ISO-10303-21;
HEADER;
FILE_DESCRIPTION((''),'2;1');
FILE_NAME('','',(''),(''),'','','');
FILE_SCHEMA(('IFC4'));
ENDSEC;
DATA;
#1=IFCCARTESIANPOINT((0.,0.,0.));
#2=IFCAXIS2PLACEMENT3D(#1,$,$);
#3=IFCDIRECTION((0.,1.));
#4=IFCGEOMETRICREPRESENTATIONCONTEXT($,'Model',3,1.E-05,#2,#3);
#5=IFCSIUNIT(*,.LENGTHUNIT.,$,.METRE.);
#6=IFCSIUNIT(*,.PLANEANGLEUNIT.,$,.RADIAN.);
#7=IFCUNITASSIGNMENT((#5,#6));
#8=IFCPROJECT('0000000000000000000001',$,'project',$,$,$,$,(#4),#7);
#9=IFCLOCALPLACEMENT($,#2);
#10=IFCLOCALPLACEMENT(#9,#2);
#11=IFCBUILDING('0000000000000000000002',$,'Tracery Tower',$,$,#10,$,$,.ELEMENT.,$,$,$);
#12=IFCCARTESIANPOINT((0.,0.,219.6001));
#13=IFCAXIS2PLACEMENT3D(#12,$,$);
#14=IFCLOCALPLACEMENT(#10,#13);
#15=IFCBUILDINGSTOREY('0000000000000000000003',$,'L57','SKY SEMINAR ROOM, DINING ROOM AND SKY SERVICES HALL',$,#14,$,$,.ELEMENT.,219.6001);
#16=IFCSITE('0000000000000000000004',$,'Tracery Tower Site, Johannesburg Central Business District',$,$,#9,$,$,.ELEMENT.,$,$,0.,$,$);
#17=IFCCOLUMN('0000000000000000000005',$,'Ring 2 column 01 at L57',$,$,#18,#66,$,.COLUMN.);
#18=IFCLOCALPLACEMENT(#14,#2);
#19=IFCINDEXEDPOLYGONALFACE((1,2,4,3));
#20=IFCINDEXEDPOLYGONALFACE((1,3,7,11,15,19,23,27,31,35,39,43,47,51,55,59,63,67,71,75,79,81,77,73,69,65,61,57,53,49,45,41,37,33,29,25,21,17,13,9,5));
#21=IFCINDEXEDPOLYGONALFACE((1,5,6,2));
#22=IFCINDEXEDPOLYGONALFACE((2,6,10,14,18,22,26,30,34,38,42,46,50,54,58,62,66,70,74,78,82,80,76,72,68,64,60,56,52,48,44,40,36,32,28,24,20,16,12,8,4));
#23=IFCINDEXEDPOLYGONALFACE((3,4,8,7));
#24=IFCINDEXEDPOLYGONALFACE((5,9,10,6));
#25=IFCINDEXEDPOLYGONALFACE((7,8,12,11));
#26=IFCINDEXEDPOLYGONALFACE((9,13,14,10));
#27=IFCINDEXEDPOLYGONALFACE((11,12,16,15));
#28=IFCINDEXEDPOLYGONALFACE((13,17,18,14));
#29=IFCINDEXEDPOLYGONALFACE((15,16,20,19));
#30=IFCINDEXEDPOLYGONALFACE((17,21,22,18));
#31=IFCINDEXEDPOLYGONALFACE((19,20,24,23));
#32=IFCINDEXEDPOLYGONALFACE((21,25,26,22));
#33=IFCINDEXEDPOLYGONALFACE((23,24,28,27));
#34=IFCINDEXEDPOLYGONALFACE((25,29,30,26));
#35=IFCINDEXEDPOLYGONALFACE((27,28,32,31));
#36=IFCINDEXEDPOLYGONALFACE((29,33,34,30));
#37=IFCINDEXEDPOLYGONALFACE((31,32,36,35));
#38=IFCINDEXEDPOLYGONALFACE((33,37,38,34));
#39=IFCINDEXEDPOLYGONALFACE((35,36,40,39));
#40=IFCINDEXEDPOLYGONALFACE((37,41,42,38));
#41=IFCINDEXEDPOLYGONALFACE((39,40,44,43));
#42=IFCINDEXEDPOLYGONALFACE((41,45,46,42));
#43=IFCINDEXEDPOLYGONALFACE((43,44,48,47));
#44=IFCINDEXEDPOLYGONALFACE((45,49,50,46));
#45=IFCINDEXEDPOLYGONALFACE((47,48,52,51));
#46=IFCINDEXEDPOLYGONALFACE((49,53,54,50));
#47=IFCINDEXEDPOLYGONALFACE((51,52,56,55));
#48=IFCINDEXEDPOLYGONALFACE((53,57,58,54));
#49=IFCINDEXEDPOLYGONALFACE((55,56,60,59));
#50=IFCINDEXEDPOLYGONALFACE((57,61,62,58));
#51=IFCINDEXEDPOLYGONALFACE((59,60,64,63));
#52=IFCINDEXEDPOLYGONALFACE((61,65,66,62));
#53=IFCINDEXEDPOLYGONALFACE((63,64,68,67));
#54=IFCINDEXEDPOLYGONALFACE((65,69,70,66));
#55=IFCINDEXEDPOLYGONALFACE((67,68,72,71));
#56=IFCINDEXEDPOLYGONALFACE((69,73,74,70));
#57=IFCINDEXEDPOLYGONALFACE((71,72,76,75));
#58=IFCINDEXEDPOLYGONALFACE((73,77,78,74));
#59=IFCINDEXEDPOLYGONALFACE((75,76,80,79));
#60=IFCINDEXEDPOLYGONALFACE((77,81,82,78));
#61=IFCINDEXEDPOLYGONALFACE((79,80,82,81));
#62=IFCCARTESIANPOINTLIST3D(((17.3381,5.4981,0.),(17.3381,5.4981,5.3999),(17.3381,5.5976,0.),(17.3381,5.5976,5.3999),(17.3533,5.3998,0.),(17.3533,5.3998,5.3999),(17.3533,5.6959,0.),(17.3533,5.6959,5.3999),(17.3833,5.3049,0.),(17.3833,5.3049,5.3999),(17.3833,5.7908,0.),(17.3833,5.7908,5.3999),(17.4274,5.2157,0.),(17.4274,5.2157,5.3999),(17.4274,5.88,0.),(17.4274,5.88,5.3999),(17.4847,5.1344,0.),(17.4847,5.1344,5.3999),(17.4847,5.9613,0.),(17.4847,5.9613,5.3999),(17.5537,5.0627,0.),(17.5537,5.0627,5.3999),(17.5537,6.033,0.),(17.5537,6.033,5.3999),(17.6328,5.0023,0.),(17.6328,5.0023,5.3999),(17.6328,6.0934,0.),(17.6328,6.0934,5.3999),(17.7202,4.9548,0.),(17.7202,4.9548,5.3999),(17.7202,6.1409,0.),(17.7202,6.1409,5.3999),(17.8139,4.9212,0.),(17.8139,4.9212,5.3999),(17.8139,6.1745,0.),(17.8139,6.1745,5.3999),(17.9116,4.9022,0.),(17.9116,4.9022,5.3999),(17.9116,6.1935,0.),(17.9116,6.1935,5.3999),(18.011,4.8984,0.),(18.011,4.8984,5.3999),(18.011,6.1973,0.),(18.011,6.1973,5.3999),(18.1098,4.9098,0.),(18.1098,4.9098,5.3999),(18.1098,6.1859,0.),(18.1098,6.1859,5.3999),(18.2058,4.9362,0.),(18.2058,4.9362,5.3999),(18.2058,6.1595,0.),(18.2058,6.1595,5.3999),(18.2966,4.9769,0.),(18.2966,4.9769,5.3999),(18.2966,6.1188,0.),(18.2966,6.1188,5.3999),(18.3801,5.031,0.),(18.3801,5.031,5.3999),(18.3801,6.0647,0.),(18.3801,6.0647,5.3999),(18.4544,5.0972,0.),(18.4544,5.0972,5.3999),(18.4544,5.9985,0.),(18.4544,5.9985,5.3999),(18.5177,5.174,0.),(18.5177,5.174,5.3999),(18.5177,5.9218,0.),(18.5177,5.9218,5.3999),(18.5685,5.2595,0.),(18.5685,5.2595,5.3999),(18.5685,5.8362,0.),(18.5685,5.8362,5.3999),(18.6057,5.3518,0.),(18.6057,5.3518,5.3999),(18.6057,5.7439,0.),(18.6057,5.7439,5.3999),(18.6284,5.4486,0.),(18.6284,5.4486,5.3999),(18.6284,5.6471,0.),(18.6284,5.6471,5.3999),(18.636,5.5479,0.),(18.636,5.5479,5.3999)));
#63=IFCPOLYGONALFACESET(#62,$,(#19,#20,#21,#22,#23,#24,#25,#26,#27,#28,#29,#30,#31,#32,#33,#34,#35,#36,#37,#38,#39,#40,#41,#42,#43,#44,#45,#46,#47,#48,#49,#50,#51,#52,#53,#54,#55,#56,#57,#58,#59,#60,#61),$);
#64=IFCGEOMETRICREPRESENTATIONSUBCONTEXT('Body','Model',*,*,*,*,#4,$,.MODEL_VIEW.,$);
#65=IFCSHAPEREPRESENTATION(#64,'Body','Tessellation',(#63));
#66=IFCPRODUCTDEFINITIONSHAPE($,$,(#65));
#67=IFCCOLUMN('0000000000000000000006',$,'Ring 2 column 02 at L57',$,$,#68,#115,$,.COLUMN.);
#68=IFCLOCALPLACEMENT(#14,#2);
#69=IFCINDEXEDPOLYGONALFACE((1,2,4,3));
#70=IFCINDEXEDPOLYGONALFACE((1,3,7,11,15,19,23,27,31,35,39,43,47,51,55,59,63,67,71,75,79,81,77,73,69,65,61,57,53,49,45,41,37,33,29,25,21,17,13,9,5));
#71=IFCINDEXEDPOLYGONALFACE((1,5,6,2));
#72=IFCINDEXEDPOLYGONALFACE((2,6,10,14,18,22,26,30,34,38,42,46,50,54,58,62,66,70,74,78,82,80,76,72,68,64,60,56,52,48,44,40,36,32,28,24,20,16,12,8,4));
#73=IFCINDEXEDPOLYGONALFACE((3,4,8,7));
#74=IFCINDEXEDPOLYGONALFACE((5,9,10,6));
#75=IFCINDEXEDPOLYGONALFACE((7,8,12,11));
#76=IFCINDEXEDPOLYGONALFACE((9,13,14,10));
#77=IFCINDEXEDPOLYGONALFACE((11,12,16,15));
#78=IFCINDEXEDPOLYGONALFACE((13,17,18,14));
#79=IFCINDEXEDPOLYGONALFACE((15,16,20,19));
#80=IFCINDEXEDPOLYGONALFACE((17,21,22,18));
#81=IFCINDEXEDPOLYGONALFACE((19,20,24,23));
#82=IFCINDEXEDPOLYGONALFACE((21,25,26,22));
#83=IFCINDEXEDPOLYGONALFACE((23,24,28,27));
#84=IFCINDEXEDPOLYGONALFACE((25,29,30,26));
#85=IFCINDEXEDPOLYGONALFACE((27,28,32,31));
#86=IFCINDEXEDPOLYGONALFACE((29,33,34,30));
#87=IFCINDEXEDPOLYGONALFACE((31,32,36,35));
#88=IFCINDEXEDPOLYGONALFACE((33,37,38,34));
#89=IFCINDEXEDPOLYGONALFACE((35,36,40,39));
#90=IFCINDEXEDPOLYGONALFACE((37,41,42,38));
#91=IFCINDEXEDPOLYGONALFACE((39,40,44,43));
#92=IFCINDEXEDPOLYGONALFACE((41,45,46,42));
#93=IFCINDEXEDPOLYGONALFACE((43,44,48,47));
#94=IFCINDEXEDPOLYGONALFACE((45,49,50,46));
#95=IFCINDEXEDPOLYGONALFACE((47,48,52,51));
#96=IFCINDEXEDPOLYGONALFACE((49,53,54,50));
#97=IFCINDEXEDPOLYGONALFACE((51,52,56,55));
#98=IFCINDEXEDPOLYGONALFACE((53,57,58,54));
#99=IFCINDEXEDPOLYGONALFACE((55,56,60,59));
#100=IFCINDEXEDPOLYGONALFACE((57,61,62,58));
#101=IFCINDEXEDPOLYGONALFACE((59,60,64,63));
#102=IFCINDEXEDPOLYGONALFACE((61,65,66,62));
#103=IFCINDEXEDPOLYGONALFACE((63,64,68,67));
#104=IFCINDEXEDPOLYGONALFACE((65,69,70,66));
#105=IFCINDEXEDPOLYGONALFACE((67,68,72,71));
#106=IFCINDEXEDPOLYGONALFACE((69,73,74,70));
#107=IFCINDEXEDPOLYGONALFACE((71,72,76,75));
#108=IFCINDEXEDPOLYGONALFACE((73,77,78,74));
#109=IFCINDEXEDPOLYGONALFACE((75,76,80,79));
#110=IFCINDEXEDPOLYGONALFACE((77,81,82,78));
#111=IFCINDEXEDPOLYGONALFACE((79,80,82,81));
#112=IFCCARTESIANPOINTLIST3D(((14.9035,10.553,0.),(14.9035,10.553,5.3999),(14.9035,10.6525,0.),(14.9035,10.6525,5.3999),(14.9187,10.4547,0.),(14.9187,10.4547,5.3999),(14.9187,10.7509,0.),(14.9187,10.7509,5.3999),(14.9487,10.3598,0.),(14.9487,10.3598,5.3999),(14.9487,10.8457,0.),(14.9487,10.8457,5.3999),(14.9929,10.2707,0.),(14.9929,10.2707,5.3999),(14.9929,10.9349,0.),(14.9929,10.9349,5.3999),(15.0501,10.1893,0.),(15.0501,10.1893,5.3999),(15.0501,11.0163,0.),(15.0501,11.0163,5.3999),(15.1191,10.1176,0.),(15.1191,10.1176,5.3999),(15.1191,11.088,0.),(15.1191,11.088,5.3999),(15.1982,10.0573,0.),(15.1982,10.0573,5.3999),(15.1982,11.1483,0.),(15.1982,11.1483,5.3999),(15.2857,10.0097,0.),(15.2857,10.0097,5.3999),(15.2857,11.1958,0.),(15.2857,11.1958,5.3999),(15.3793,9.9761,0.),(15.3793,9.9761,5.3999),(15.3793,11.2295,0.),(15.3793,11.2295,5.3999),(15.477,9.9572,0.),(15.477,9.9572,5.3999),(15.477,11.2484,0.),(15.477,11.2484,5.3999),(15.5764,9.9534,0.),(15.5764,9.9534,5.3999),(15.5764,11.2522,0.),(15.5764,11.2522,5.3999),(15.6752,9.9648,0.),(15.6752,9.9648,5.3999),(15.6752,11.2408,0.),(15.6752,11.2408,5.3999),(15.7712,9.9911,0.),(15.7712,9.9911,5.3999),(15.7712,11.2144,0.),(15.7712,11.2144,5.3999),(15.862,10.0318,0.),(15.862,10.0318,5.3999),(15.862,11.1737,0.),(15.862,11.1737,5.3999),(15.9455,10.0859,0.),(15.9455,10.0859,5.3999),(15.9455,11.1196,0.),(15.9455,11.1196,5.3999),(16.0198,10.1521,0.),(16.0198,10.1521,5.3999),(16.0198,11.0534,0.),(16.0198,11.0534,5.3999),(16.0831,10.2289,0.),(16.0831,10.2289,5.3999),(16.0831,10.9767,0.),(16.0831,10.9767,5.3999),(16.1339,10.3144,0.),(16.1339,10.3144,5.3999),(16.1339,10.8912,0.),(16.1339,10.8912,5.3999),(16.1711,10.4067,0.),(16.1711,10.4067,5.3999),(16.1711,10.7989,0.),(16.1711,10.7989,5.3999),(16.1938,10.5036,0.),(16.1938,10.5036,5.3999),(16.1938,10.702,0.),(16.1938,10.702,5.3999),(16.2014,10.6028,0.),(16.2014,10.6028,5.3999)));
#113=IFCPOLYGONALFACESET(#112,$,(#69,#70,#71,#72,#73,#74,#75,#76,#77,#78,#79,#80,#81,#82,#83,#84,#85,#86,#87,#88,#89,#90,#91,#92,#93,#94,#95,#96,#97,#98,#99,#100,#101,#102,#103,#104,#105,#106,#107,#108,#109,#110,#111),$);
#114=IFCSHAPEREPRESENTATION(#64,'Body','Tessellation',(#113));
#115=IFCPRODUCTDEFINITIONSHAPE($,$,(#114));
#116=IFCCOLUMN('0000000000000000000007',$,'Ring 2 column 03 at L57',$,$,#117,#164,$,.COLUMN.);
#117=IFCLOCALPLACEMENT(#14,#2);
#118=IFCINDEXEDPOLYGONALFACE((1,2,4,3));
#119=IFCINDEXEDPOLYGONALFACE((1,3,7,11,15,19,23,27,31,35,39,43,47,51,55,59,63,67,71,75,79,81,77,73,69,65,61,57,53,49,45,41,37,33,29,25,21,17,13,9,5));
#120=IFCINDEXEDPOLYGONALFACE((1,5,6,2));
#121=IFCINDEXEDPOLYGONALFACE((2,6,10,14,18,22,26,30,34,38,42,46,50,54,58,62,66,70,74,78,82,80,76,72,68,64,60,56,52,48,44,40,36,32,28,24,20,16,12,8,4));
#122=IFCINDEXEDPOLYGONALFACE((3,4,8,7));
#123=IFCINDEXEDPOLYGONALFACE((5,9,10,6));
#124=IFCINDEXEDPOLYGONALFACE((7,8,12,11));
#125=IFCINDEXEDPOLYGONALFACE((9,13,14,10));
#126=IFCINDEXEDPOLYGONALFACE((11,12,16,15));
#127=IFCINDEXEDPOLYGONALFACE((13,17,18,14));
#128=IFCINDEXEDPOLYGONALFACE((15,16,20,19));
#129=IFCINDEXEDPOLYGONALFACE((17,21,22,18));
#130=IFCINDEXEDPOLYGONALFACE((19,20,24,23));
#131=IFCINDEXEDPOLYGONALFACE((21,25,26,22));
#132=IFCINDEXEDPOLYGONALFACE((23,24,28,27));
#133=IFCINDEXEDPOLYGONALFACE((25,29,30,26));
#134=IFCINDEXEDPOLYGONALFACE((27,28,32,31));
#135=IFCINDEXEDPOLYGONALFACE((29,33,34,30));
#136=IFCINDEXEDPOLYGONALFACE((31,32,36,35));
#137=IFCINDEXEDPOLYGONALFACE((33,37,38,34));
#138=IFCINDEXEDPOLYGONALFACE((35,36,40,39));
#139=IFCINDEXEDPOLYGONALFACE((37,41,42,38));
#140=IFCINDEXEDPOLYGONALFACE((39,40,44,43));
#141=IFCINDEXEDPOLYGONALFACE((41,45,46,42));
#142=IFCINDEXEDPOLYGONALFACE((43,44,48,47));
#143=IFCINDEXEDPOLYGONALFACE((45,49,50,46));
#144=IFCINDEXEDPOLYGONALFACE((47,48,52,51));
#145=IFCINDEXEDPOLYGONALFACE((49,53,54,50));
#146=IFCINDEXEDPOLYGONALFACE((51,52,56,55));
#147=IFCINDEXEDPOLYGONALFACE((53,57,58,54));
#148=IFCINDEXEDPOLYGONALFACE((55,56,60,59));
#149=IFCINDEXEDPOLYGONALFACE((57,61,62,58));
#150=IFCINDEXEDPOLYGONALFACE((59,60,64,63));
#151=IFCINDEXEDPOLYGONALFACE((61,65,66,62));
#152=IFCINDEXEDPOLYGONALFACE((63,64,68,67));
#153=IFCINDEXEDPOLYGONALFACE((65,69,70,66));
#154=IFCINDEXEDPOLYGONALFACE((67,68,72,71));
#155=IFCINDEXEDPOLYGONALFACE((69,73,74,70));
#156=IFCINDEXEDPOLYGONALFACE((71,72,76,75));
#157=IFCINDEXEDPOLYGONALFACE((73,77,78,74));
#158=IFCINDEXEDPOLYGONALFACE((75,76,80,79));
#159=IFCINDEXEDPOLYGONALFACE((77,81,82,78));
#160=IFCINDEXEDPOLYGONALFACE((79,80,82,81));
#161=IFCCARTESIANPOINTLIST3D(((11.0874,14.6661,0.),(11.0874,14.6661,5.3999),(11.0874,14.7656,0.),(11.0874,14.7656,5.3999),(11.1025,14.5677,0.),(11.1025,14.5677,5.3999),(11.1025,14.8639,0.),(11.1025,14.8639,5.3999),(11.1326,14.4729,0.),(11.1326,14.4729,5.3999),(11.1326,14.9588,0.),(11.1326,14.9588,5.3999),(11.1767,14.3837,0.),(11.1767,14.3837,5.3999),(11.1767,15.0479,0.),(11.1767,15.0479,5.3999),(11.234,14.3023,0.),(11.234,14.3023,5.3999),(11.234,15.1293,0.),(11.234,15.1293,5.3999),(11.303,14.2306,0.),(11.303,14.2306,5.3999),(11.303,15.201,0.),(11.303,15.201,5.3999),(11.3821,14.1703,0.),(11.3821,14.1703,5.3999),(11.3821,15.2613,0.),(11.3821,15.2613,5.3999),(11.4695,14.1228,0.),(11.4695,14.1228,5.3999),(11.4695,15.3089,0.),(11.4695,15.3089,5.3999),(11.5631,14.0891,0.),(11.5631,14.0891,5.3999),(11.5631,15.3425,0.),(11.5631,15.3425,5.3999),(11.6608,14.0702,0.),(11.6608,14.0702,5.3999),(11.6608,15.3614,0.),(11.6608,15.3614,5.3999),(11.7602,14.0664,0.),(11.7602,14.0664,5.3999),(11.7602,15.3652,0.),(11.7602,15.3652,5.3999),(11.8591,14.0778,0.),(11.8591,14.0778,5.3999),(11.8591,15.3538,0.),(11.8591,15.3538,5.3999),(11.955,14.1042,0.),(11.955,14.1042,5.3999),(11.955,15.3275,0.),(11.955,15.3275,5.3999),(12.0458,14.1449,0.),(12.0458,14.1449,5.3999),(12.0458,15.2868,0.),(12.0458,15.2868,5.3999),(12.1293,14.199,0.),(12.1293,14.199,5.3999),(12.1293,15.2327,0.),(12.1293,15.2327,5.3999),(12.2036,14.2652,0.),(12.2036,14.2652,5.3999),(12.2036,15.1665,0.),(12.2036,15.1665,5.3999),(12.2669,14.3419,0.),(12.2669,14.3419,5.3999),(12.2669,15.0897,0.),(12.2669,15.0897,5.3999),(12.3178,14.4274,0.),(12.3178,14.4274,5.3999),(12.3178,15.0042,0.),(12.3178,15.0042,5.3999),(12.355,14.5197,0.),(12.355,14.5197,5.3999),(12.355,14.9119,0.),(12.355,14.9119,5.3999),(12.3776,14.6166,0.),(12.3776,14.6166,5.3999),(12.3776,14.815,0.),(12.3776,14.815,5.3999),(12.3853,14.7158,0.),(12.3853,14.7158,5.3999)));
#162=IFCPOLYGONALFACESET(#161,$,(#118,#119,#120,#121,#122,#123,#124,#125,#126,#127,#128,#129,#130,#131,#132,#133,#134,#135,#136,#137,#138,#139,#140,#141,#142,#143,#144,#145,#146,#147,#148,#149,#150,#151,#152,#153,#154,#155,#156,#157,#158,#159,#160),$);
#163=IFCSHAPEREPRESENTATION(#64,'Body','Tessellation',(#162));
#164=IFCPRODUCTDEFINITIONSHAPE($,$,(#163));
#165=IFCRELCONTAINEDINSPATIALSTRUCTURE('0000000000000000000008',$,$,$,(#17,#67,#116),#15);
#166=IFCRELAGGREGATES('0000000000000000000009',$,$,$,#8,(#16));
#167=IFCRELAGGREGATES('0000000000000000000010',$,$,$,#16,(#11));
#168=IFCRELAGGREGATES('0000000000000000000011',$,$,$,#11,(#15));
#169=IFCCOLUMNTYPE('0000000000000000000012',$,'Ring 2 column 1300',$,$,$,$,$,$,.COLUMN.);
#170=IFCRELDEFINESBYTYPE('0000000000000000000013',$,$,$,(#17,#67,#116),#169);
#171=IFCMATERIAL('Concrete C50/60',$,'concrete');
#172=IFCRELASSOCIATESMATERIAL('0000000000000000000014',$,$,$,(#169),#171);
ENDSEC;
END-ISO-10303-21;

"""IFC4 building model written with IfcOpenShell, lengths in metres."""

from ifc_helpers import new_model, si_unit, direction, frame, origin, origin_2d, place, context, subcontext, project, spatial, circle, extrude, material, material_profile, profile_set, type_object, element, save


model = new_model("IFC4")

# Units and contexts
model_context = context("Model", 3, precision=1e-05, world=origin(), true_north=direction((0.0, 1.0)))
body_context = subcontext(model_context, "Body", "Model", "MODEL_VIEW")
ifc_project = project(units=[si_unit("LENGTHUNIT", "METRE"), si_unit("PLANEANGLEUNIT", "RADIAN")], contexts=[model_context])

# Site, building, storey
site_placement = place(None, origin())
site = spatial("IfcSite", under=ifc_project, at=site_placement, Name="Tracery Tower Site, Johannesburg Central Business District", CompositionType="ELEMENT", RefElevation=0.0)
building_placement = place(site_placement, origin())
building = spatial("IfcBuilding", under=site, at=building_placement, Name="Tracery Tower", CompositionType="ELEMENT")
storey_placement = place(building_placement, frame((0.0, 0.0, 219.6001)))
storey = spatial("IfcBuildingStorey", under=building, at=storey_placement, Name="L57", Description="SKY SEMINAR ROOM, DINING ROOM AND SKY SERVICES HALL", CompositionType="ELEMENT", Elevation=219.6001)

# Columns
ifc_material_1 = material(Name="Concrete C50/60", Category="concrete")
ifc_material_profile = material_profile(ifc_material_1, circle(Radius=0.6499, at=origin_2d()), Name="RC D1300")
ifc_profile_set = profile_set([ifc_material_profile], Name="Concrete C50/60")
column_type = type_object("IfcColumnType", Name="Ring 2 column 1300", PredefinedType="COLUMN", material=ifc_profile_set)
for number, where, z_axis, x_axis, name in (
    (1, (17.9861, 5.5479, 0.0), (0.0, 0.0, 1.0), (1.0, 0.0, 0.0), "Ring 2 column 01 at L57"),
    (2, (15.5515, 10.6028, 0.0), (0.0, 0.0, 1.0), (1.0, 0.0, 0.0), "Ring 2 column 02 at L57"),
    (3, (11.7354, 14.7158, 0.0), (0.0, 0.0, 1.0), (1.0, 0.0, 0.0), "Ring 2 column 03 at L57"),
):
    element("IfcColumn", number, at=place(storey_placement, frame(where, z_axis=z_axis, x_axis=x_axis)), inside=storey, type_object=column_type, Name=name, PredefinedType="COLUMN", context=body_context, shape_type="SweptSolid", body=[
        extrude(circle(Radius=0.6499, at=origin_2d()), origin(), (0.0, 0.0, 1.0), 5.3999),
    ])

save(model, "model.ifc")
